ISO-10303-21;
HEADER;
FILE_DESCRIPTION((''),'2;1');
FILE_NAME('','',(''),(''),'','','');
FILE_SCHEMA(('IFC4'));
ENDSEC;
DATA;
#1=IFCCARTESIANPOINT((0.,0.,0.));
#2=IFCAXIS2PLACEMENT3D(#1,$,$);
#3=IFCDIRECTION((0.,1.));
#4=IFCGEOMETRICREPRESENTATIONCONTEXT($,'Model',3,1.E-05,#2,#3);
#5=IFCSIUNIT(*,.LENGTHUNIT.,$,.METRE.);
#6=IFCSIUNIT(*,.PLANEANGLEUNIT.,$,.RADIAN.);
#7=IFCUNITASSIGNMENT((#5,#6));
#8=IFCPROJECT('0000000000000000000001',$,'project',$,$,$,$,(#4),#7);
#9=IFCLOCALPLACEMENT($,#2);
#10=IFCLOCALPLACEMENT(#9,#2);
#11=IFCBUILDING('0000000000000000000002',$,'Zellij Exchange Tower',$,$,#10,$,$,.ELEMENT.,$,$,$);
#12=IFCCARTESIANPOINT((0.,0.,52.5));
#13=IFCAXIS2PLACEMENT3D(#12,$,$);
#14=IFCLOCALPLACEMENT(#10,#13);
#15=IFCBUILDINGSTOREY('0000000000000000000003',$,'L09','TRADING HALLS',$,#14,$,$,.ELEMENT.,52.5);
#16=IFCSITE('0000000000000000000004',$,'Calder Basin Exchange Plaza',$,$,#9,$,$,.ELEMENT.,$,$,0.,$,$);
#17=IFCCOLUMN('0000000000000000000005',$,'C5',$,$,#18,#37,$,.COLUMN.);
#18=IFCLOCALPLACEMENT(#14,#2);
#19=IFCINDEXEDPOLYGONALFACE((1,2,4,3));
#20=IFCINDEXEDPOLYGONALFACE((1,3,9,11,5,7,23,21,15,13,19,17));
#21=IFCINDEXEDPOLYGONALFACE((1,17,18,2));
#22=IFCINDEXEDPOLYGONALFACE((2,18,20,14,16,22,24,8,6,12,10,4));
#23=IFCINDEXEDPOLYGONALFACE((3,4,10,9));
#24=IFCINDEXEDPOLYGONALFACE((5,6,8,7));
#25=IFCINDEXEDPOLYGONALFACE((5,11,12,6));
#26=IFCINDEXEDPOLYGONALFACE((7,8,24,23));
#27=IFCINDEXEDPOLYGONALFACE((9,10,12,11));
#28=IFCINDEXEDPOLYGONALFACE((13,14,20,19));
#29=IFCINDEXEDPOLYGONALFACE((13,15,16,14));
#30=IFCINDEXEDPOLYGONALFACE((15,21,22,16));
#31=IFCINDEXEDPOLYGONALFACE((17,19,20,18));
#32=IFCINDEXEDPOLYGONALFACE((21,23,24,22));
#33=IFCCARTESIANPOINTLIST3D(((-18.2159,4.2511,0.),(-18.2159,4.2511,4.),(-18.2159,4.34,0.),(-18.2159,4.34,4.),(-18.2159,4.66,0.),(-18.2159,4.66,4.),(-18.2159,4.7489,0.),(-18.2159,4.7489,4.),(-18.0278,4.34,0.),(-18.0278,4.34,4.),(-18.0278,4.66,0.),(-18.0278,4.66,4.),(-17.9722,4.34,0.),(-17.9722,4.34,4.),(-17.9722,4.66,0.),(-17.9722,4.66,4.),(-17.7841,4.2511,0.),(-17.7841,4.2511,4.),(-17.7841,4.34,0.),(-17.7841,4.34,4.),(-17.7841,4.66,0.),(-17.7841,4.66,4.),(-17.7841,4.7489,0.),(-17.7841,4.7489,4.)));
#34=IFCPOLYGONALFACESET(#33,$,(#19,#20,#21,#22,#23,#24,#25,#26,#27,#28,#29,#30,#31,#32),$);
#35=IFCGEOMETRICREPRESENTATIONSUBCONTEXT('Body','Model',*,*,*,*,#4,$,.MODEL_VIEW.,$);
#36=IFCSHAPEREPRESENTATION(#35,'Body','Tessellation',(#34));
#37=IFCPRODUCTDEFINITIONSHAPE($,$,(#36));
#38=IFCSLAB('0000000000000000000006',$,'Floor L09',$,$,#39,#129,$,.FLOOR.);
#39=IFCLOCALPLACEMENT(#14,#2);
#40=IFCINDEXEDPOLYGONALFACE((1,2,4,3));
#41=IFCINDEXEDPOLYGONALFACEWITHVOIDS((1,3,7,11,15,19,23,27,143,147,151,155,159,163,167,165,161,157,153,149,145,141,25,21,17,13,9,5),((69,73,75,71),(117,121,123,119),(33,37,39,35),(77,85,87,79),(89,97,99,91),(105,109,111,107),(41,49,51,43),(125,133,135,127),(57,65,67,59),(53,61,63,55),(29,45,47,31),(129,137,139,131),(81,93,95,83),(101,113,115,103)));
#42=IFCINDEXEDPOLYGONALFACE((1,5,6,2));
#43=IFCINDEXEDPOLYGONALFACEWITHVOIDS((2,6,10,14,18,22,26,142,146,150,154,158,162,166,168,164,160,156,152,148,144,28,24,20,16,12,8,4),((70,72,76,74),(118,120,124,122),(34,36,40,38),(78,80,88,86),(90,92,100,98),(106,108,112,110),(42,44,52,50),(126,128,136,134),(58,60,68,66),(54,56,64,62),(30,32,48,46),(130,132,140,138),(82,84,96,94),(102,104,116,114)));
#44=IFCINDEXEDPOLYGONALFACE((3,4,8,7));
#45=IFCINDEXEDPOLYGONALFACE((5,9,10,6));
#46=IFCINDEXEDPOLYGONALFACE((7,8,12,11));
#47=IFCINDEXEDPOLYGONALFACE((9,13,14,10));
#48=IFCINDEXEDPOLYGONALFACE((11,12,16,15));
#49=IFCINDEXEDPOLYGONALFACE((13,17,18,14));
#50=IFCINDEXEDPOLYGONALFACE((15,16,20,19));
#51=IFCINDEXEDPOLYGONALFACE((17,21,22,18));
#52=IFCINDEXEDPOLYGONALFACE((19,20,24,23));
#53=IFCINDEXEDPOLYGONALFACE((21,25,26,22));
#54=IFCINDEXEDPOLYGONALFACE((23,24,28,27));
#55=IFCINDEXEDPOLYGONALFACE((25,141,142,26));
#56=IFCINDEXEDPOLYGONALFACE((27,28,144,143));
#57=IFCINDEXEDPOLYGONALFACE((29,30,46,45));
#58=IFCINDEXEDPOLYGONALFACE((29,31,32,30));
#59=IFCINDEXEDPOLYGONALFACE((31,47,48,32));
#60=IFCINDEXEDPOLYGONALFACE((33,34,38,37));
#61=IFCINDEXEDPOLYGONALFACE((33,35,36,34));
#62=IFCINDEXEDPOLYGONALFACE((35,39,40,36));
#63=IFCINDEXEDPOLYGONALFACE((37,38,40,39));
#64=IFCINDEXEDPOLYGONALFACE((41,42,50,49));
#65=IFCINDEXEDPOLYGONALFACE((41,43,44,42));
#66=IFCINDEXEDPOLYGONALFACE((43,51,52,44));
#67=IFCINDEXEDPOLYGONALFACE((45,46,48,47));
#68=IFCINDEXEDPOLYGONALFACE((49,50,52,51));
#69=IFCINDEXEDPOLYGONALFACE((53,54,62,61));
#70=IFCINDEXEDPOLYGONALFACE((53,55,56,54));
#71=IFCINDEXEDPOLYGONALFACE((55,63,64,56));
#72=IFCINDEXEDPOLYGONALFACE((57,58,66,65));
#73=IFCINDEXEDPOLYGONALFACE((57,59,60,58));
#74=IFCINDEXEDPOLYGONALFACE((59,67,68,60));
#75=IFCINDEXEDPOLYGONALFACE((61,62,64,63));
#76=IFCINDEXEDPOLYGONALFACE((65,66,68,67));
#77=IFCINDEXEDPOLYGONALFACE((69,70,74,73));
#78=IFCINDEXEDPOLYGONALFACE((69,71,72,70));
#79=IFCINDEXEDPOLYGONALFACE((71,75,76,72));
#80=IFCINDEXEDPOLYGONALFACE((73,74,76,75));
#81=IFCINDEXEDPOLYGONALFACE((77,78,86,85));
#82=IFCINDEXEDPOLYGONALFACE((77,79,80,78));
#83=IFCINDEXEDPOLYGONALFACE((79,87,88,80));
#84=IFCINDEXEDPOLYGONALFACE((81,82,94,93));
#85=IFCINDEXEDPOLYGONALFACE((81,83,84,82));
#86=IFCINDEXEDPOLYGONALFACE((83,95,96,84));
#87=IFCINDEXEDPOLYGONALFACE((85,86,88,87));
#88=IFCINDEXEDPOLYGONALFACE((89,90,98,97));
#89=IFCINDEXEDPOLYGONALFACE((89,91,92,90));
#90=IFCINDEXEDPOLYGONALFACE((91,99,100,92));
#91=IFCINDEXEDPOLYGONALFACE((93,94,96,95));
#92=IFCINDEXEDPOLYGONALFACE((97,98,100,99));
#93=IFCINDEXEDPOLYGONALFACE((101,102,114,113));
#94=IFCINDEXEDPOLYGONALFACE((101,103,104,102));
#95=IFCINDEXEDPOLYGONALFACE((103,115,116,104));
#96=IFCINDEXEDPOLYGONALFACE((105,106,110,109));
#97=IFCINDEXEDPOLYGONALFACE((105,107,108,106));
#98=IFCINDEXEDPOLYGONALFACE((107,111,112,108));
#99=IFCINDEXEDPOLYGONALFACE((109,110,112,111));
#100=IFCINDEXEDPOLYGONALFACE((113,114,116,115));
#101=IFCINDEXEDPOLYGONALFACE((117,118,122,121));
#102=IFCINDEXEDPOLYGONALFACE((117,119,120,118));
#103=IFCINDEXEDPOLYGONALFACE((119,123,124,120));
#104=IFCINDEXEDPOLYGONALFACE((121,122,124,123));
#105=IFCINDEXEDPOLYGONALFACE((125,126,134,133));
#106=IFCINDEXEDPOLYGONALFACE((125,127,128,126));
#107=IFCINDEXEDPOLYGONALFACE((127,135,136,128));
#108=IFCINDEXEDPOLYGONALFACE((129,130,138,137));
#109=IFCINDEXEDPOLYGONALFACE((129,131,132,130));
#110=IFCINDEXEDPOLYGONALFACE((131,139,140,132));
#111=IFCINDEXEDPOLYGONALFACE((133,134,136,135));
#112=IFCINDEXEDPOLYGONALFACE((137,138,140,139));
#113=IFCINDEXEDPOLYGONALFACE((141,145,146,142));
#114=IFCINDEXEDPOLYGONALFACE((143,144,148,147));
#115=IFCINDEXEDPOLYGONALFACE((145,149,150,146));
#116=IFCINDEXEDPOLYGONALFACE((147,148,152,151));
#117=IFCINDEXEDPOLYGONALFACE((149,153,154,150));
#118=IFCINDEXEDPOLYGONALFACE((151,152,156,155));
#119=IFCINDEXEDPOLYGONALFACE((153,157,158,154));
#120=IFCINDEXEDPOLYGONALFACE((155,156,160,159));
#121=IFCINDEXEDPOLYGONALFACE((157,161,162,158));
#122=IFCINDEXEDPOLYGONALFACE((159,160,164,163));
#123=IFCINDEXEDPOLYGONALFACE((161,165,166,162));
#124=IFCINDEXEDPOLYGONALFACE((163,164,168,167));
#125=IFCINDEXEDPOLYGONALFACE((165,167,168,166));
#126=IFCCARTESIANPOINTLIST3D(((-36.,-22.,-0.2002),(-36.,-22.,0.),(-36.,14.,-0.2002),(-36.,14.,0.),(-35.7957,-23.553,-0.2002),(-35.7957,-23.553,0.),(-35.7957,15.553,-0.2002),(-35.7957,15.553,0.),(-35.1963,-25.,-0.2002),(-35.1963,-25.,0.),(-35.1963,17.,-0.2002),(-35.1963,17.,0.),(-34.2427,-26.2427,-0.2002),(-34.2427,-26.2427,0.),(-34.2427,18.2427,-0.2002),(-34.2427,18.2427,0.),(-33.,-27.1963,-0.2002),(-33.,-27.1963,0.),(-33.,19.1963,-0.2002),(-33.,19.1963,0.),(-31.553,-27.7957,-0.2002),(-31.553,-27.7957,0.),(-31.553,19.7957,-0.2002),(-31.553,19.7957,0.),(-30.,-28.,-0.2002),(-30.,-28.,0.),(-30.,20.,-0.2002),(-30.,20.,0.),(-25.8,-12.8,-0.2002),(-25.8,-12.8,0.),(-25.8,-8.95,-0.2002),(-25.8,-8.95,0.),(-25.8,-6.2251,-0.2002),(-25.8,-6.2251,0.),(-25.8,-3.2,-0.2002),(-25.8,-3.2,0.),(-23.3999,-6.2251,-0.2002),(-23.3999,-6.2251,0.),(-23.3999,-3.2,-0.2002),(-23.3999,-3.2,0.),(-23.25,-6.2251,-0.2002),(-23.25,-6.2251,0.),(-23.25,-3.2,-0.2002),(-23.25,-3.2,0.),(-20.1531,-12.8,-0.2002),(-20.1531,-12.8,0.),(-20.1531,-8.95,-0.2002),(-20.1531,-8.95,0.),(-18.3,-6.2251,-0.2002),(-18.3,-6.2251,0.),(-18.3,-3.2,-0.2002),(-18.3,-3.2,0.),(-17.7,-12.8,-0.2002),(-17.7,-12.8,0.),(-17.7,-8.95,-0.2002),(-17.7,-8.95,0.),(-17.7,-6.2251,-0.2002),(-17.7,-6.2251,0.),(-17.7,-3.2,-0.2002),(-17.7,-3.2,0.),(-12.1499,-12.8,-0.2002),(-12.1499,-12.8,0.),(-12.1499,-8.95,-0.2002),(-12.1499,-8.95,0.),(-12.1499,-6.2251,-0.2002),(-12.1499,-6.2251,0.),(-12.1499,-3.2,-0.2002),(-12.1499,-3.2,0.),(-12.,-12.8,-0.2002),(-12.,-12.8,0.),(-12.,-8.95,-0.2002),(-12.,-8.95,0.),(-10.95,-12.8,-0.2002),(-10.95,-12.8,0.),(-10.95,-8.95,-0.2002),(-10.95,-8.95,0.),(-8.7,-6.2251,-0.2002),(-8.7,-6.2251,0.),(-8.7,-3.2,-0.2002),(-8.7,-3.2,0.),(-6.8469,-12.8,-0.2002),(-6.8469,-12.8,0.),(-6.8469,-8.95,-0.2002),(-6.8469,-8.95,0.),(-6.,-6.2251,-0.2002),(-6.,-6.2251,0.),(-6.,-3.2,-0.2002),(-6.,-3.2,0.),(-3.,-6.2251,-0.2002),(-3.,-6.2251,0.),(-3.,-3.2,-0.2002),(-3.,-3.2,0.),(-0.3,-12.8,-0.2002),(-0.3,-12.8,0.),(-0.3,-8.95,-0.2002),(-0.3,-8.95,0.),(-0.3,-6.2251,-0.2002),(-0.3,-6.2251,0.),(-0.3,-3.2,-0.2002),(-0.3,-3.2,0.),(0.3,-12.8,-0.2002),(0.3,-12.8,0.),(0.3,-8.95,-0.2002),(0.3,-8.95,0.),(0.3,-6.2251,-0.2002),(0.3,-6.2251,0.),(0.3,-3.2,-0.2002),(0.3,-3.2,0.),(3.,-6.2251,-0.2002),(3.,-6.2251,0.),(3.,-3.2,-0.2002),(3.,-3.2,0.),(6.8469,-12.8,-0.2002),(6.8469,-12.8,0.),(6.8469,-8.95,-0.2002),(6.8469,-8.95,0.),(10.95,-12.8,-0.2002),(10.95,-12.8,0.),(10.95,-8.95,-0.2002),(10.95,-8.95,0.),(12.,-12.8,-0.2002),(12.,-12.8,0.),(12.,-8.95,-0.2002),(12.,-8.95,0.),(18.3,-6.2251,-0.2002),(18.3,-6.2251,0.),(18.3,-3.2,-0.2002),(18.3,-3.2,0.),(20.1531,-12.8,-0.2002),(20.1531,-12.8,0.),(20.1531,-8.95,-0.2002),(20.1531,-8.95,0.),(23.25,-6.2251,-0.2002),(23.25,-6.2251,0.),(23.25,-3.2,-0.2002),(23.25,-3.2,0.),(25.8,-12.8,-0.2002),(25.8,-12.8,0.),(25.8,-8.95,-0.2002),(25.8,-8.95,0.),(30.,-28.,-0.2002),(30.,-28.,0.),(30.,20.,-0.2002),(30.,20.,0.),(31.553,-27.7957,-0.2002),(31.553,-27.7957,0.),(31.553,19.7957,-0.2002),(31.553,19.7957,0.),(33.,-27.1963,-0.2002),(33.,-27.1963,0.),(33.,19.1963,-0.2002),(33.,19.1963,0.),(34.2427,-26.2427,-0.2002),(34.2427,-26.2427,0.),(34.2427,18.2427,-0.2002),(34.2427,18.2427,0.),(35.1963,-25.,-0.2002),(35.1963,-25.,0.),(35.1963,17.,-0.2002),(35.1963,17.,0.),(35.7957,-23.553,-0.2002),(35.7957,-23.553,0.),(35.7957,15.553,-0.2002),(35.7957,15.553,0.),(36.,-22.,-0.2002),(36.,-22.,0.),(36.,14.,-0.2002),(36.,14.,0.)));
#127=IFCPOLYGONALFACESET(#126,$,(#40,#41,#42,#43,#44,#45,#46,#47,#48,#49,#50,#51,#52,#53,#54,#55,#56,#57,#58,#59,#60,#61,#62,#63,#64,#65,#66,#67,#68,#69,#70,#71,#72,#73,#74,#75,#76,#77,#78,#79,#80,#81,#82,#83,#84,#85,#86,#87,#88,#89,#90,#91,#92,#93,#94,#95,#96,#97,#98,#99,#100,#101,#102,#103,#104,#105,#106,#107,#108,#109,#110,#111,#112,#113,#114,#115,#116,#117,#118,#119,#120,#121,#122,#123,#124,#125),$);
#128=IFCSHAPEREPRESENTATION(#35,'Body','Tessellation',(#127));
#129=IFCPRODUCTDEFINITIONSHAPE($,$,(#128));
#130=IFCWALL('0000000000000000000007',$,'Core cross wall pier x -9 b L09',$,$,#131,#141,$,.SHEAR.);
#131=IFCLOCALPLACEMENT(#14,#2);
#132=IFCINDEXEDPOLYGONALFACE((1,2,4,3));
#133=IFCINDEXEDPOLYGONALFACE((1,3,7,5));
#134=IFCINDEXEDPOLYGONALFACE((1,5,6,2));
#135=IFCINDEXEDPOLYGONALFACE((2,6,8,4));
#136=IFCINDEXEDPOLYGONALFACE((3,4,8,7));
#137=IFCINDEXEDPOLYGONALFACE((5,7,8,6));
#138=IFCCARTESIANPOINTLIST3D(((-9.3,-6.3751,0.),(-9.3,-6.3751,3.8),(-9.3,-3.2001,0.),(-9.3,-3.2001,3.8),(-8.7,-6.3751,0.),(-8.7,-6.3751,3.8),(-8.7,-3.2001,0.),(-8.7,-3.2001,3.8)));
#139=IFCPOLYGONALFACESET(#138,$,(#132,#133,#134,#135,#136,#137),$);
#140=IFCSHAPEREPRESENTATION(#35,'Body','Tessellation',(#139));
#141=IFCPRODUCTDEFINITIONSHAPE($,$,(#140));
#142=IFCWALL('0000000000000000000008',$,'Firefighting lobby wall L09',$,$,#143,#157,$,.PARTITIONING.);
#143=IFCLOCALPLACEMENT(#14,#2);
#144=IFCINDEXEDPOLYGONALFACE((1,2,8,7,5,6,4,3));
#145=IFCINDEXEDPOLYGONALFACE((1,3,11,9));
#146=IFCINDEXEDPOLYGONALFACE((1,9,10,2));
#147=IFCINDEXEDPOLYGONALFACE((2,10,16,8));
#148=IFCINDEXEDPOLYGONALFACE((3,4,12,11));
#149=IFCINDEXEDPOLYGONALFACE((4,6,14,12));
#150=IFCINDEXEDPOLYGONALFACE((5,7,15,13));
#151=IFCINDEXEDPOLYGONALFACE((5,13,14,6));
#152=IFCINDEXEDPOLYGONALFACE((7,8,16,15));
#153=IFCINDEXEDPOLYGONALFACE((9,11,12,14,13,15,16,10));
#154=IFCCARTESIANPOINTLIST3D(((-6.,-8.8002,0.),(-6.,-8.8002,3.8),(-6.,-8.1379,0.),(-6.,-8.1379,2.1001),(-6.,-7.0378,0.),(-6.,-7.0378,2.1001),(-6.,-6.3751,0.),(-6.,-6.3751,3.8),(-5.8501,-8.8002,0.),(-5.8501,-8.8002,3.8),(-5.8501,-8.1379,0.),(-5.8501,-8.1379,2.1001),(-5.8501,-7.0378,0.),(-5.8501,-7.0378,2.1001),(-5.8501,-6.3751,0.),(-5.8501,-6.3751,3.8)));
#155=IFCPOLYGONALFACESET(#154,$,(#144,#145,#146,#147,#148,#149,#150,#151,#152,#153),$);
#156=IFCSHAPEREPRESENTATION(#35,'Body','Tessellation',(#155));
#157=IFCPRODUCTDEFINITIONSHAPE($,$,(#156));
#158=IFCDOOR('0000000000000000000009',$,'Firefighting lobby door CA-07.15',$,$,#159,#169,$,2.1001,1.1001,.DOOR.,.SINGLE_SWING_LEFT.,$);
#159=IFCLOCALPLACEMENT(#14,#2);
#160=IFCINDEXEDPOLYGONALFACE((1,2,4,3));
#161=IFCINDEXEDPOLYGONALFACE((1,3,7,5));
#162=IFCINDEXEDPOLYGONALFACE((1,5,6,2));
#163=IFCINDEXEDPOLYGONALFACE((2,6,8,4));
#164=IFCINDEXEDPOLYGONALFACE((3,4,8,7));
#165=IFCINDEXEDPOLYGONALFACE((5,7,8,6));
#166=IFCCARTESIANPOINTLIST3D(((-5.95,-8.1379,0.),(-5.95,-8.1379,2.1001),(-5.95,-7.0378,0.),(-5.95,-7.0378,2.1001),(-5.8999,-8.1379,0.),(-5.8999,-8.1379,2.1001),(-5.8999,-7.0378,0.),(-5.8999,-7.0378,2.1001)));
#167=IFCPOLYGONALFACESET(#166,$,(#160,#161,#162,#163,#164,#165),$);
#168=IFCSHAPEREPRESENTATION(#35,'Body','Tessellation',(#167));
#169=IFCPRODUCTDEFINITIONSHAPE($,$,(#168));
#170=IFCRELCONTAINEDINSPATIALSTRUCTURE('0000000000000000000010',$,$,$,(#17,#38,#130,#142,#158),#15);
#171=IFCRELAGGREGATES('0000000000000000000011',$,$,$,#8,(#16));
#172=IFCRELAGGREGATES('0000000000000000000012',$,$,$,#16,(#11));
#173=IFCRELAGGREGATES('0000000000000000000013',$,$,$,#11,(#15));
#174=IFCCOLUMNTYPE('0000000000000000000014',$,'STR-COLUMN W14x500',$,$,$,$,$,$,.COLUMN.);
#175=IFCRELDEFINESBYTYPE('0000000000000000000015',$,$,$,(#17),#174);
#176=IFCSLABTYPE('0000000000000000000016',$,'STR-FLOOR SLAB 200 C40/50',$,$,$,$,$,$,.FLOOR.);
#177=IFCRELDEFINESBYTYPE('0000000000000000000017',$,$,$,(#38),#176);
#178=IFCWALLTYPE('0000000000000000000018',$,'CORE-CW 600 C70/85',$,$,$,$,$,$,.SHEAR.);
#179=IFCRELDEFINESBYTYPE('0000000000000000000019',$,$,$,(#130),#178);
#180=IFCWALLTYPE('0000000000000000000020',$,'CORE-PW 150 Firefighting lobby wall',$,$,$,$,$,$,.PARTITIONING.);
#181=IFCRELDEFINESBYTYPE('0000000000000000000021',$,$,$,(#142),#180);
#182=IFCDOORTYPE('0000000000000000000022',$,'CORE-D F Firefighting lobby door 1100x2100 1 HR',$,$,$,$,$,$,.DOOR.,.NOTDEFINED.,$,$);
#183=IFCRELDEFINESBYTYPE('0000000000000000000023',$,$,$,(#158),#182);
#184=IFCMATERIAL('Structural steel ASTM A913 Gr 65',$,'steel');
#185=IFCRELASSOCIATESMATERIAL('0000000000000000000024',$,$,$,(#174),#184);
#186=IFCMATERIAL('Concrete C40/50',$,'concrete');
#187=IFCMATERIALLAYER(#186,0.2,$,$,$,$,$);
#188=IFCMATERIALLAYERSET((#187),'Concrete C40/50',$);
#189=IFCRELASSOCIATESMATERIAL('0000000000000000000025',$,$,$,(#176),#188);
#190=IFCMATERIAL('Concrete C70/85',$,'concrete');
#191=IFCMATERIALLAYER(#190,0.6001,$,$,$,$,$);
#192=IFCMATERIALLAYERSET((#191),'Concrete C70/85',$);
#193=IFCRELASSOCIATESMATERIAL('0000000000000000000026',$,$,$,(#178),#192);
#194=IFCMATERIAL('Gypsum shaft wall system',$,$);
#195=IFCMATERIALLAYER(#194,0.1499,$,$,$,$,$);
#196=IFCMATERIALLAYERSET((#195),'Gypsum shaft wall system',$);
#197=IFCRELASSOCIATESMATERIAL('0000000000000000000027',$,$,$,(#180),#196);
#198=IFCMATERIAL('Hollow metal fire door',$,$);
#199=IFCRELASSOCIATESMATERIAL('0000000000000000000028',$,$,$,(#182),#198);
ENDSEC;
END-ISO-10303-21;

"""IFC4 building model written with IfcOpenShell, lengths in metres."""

from ifc_helpers import new_model, si_unit, direction, frame, frame_2d, origin, origin_2d, place, context, subcontext, project, spatial, polyline, rectangle, i_section, outline, extrude, material, layer, layer_set, material_profile, profile_set, type_object, element, fill, save


model = new_model("IFC4")

# Units and contexts
model_context = context("Model", 3, precision=1e-05, world=origin(), true_north=direction((0.0, 1.0)))
body_context = subcontext(model_context, "Body", "Model", "MODEL_VIEW")
ifc_project = project(units=[si_unit("LENGTHUNIT", "METRE"), si_unit("PLANEANGLEUNIT", "RADIAN")], contexts=[model_context])

# Site, building, storey
site_placement = place(None, origin())
site = spatial("IfcSite", under=ifc_project, at=site_placement, Name="Calder Basin Exchange Plaza", CompositionType="ELEMENT", RefElevation=0.0)
building_placement = place(site_placement, origin())
building = spatial("IfcBuilding", under=site, at=building_placement, Name="Zellij Exchange Tower", CompositionType="ELEMENT")
storey_placement = place(building_placement, frame((0.0, 0.0, 52.5)))
storey = spatial("IfcBuildingStorey", under=building, at=storey_placement, Name="L09", Description="TRADING HALLS", CompositionType="ELEMENT", Elevation=52.5)

# Column
ifc_material_1 = material(Name="Structural steel ASTM A913 Gr 65", Category="steel")
ifc_material_profile = material_profile(ifc_material_1, i_section(OverallWidth=0.4319, OverallDepth=0.4978, WebThickness=0.0557, FlangeThickness=0.0889, at=origin_2d()), Name="W14x500")
ifc_profile_set = profile_set([ifc_material_profile], Name="Structural steel ASTM A913 Gr 65")
column_type = type_object("IfcColumnType", Name="STR-COLUMN W14x500", PredefinedType="COLUMN", material=ifc_profile_set)
column_placement = place(storey_placement, frame((-18.0, 4.5, 0.0), z_axis=(0.0, 0.0, 1.0), x_axis=(1.0, 0.0, 0.0)))
element("IfcColumn", 1, at=column_placement, inside=storey, type_object=column_type, Name="C5", PredefinedType="COLUMN", context=body_context, shape_type="SweptSolid", body=[
    extrude(i_section(OverallWidth=0.4319, OverallDepth=0.4978, WebThickness=0.0557, FlangeThickness=0.0889, at=origin_2d()), origin(), (0.0, 0.0, 1.0), 4.0),
])

# Slab
ifc_material_2 = material(Name="Concrete C40/50", Category="concrete")
ifc_layer_1 = layer(ifc_material_2, 0.2)
ifc_layer_set_1 = layer_set([ifc_layer_1], Name="Concrete C40/50")
slab_type = type_object("IfcSlabType", Name="STR-FLOOR SLAB 200 C40/50", PredefinedType="FLOOR", material=ifc_layer_set_1)
slab_placement = place(storey_placement, frame((0.0, 0.0, -0.2002)))
element("IfcSlab", 2, at=slab_placement, inside=storey, type_object=slab_type, Name="Floor L09", PredefinedType="FLOOR", context=body_context, shape_type="SweptSolid", body=[
    extrude(outline(polyline([(-30.0, -28.0), (-31.553, -27.7957), (-33.0, -27.1963), (-34.2427, -26.2427), (-35.1963, -25.0), (-35.7957, -23.553), (-36.0, -22.0), (-36.0, 14.0), (-35.7957, 15.553), (-35.1963, 17.0), (-34.2427, 18.2427), (-33.0, 19.1963), (-31.553, 19.7957), (-30.0, 20.0), (30.0, 20.0), (31.553, 19.7957), (33.0, 19.1963), (34.2427, 18.2427), (35.1963, 17.0), (35.7957, 15.553), (36.0, 14.0), (36.0, -22.0), (35.7957, -23.553), (35.1963, -25.0), (34.2427, -26.2427), (33.0, -27.1963), (31.553, -27.7957), (30.0, -28.0), (-30.0, -28.0)]), holes=[polyline([(-25.8, -8.95), (-25.8, -12.8), (-20.1531, -12.8), (-20.1531, -8.95), (-25.8, -8.95)]), polyline([(-12.1499, -8.95), (-17.7, -8.95), (-17.7, -12.8), (-12.1499, -12.8), (-12.1499, -8.95)]), polyline([(-10.95, -8.95), (-12.0, -8.95), (-12.0, -12.8), (-10.95, -12.8), (-10.95, -8.95)]), polyline([(-23.3999, -3.2), (-25.8, -3.2), (-25.8, -6.2251), (-23.3999, -6.2251), (-23.3999, -3.2)]), polyline([(-18.3, -3.2), (-23.25, -3.2), (-23.25, -6.2251), (-18.3, -6.2251), (-18.3, -3.2)]), polyline([(-12.1499, -3.2), (-17.7, -3.2), (-17.7, -6.2251), (-12.1499, -6.2251), (-12.1499, -3.2)]), polyline([(-6.0, -3.2), (-8.7, -3.2), (-8.7, -6.2251), (-6.0, -6.2251), (-6.0, -3.2)]), polyline([(-6.8469, -8.95), (-6.8469, -12.8), (-0.3, -12.8), (-0.3, -8.95), (-6.8469, -8.95)]), polyline([(6.8469, -8.95), (0.3, -8.95), (0.3, -12.8), (6.8469, -12.8), (6.8469, -8.95)]), polyline([(12.0, -8.95), (10.95, -8.95), (10.95, -12.8), (12.0, -12.8), (12.0, -8.95)]), polyline([(25.8, -8.95), (20.1531, -8.95), (20.1531, -12.8), (25.8, -12.8), (25.8, -8.95)]), polyline([(-0.3, -3.2), (-3.0, -3.2), (-3.0, -6.2251), (-0.3, -6.2251), (-0.3, -3.2)]), polyline([(3.0, -3.2), (0.3, -3.2), (0.3, -6.2251), (3.0, -6.2251), (3.0, -3.2)]), polyline([(23.25, -3.2), (18.3, -3.2), (18.3, -6.2251), (23.25, -6.2251), (23.25, -3.2)])]), origin(), (0.0, 0.0, 1.0), 0.2002),
])

# Wall
ifc_material_3 = material(Name="Concrete C70/85", Category="concrete")
ifc_layer_2 = layer(ifc_material_3, 0.6001)
ifc_layer_set_2 = layer_set([ifc_layer_2], Name="Concrete C70/85")
wall_type_1 = type_object("IfcWallType", Name="CORE-CW 600 C70/85", PredefinedType="SHEAR", material=ifc_layer_set_2)
wall_1_placement = place(storey_placement, frame((-9.0, -6.375, 0.0), z_axis=(0.0, 0.0, 1.0), x_axis=(0.0, 1.0, 0.0)))
element("IfcWall", 3, at=wall_1_placement, inside=storey, type_object=wall_type_1, Name="Core cross wall pier x -9 b L09", PredefinedType="SHEAR", context=body_context, shape_type="SweptSolid", body=[
    extrude(rectangle(XDim=3.175, YDim=0.6001, at=frame_2d((1.5874, 0.0))), origin(), (0.0, 0.0, 1.0), 3.8),
])

# Wall, opening, door
ifc_material_4 = material(Name="Gypsum shaft wall system")
ifc_layer_3 = layer(ifc_material_4, 0.1499)
ifc_layer_set_3 = layer_set([ifc_layer_3], Name="Gypsum shaft wall system")
wall_type_2 = type_object("IfcWallType", Name="CORE-PW 150 Firefighting lobby wall", PredefinedType="PARTITIONING", material=ifc_layer_set_3)
wall_2_placement = place(storey_placement, frame((-5.925, -8.8, 0.0), z_axis=(0.0, 0.0, 1.0), x_axis=(0.0, 1.0, 0.0)))
wall_2 = element("IfcWall", 4, at=wall_2_placement, inside=storey, type_object=wall_type_2, Name="Firefighting lobby wall L09", PredefinedType="PARTITIONING", context=body_context, shape_type="SweptSolid", body=[
    extrude(rectangle(XDim=2.425, YDim=0.1499, at=frame_2d((1.2124, 0.0))), origin(), (0.0, 0.0, 1.0), 3.8),
])
opening_1_placement = place(wall_2_placement, frame((0.6621, 0.0, 0.0)))
opening_1 = element("IfcOpeningElement", 5, at=opening_1_placement, cuts=wall_2, PredefinedType="OPENING", context=body_context, shape_type="SweptSolid", body=[
    extrude(rectangle(XDim=1.1001, YDim=2.1001, at=frame_2d((0.55, 1.05))), frame((0.0, 0.0869, 0.0), z_axis=(0.0, -1.0, 0.0), x_axis=(1.0, 0.0, 0.0)), (0.0, 0.0, 1.0), 0.1738),
])
ifc_material_5 = material(Name="Hollow metal fire door")
door_type_1 = type_object("IfcDoorType", Name="CORE-D F Firefighting lobby door 1100x2100 1 HR", OperationType="NOTDEFINED", PredefinedType="DOOR", material=ifc_material_5)
door_1_placement = place(opening_1_placement, origin())
door_1 = element("IfcDoor", 6, at=door_1_placement, inside=storey, type_object=door_type_1, Name="Firefighting lobby door CA-07.15", OperationType="SINGLE_SWING_LEFT", OverallHeight=2.1001, OverallWidth=1.1001, PredefinedType="DOOR", context=body_context, shape_type="SweptSolid", body=[
    extrude(rectangle(XDim=1.1001, YDim=2.1001, at=frame_2d((0.55, 1.05))), frame((0.0, 0.0249, 0.0), z_axis=(0.0, -1.0, 0.0), x_axis=(1.0, 0.0, 0.0)), (0.0, 0.0, 1.0), 0.05),
])
fill(opening_1, door_1)

save(model, "model.ifc")
